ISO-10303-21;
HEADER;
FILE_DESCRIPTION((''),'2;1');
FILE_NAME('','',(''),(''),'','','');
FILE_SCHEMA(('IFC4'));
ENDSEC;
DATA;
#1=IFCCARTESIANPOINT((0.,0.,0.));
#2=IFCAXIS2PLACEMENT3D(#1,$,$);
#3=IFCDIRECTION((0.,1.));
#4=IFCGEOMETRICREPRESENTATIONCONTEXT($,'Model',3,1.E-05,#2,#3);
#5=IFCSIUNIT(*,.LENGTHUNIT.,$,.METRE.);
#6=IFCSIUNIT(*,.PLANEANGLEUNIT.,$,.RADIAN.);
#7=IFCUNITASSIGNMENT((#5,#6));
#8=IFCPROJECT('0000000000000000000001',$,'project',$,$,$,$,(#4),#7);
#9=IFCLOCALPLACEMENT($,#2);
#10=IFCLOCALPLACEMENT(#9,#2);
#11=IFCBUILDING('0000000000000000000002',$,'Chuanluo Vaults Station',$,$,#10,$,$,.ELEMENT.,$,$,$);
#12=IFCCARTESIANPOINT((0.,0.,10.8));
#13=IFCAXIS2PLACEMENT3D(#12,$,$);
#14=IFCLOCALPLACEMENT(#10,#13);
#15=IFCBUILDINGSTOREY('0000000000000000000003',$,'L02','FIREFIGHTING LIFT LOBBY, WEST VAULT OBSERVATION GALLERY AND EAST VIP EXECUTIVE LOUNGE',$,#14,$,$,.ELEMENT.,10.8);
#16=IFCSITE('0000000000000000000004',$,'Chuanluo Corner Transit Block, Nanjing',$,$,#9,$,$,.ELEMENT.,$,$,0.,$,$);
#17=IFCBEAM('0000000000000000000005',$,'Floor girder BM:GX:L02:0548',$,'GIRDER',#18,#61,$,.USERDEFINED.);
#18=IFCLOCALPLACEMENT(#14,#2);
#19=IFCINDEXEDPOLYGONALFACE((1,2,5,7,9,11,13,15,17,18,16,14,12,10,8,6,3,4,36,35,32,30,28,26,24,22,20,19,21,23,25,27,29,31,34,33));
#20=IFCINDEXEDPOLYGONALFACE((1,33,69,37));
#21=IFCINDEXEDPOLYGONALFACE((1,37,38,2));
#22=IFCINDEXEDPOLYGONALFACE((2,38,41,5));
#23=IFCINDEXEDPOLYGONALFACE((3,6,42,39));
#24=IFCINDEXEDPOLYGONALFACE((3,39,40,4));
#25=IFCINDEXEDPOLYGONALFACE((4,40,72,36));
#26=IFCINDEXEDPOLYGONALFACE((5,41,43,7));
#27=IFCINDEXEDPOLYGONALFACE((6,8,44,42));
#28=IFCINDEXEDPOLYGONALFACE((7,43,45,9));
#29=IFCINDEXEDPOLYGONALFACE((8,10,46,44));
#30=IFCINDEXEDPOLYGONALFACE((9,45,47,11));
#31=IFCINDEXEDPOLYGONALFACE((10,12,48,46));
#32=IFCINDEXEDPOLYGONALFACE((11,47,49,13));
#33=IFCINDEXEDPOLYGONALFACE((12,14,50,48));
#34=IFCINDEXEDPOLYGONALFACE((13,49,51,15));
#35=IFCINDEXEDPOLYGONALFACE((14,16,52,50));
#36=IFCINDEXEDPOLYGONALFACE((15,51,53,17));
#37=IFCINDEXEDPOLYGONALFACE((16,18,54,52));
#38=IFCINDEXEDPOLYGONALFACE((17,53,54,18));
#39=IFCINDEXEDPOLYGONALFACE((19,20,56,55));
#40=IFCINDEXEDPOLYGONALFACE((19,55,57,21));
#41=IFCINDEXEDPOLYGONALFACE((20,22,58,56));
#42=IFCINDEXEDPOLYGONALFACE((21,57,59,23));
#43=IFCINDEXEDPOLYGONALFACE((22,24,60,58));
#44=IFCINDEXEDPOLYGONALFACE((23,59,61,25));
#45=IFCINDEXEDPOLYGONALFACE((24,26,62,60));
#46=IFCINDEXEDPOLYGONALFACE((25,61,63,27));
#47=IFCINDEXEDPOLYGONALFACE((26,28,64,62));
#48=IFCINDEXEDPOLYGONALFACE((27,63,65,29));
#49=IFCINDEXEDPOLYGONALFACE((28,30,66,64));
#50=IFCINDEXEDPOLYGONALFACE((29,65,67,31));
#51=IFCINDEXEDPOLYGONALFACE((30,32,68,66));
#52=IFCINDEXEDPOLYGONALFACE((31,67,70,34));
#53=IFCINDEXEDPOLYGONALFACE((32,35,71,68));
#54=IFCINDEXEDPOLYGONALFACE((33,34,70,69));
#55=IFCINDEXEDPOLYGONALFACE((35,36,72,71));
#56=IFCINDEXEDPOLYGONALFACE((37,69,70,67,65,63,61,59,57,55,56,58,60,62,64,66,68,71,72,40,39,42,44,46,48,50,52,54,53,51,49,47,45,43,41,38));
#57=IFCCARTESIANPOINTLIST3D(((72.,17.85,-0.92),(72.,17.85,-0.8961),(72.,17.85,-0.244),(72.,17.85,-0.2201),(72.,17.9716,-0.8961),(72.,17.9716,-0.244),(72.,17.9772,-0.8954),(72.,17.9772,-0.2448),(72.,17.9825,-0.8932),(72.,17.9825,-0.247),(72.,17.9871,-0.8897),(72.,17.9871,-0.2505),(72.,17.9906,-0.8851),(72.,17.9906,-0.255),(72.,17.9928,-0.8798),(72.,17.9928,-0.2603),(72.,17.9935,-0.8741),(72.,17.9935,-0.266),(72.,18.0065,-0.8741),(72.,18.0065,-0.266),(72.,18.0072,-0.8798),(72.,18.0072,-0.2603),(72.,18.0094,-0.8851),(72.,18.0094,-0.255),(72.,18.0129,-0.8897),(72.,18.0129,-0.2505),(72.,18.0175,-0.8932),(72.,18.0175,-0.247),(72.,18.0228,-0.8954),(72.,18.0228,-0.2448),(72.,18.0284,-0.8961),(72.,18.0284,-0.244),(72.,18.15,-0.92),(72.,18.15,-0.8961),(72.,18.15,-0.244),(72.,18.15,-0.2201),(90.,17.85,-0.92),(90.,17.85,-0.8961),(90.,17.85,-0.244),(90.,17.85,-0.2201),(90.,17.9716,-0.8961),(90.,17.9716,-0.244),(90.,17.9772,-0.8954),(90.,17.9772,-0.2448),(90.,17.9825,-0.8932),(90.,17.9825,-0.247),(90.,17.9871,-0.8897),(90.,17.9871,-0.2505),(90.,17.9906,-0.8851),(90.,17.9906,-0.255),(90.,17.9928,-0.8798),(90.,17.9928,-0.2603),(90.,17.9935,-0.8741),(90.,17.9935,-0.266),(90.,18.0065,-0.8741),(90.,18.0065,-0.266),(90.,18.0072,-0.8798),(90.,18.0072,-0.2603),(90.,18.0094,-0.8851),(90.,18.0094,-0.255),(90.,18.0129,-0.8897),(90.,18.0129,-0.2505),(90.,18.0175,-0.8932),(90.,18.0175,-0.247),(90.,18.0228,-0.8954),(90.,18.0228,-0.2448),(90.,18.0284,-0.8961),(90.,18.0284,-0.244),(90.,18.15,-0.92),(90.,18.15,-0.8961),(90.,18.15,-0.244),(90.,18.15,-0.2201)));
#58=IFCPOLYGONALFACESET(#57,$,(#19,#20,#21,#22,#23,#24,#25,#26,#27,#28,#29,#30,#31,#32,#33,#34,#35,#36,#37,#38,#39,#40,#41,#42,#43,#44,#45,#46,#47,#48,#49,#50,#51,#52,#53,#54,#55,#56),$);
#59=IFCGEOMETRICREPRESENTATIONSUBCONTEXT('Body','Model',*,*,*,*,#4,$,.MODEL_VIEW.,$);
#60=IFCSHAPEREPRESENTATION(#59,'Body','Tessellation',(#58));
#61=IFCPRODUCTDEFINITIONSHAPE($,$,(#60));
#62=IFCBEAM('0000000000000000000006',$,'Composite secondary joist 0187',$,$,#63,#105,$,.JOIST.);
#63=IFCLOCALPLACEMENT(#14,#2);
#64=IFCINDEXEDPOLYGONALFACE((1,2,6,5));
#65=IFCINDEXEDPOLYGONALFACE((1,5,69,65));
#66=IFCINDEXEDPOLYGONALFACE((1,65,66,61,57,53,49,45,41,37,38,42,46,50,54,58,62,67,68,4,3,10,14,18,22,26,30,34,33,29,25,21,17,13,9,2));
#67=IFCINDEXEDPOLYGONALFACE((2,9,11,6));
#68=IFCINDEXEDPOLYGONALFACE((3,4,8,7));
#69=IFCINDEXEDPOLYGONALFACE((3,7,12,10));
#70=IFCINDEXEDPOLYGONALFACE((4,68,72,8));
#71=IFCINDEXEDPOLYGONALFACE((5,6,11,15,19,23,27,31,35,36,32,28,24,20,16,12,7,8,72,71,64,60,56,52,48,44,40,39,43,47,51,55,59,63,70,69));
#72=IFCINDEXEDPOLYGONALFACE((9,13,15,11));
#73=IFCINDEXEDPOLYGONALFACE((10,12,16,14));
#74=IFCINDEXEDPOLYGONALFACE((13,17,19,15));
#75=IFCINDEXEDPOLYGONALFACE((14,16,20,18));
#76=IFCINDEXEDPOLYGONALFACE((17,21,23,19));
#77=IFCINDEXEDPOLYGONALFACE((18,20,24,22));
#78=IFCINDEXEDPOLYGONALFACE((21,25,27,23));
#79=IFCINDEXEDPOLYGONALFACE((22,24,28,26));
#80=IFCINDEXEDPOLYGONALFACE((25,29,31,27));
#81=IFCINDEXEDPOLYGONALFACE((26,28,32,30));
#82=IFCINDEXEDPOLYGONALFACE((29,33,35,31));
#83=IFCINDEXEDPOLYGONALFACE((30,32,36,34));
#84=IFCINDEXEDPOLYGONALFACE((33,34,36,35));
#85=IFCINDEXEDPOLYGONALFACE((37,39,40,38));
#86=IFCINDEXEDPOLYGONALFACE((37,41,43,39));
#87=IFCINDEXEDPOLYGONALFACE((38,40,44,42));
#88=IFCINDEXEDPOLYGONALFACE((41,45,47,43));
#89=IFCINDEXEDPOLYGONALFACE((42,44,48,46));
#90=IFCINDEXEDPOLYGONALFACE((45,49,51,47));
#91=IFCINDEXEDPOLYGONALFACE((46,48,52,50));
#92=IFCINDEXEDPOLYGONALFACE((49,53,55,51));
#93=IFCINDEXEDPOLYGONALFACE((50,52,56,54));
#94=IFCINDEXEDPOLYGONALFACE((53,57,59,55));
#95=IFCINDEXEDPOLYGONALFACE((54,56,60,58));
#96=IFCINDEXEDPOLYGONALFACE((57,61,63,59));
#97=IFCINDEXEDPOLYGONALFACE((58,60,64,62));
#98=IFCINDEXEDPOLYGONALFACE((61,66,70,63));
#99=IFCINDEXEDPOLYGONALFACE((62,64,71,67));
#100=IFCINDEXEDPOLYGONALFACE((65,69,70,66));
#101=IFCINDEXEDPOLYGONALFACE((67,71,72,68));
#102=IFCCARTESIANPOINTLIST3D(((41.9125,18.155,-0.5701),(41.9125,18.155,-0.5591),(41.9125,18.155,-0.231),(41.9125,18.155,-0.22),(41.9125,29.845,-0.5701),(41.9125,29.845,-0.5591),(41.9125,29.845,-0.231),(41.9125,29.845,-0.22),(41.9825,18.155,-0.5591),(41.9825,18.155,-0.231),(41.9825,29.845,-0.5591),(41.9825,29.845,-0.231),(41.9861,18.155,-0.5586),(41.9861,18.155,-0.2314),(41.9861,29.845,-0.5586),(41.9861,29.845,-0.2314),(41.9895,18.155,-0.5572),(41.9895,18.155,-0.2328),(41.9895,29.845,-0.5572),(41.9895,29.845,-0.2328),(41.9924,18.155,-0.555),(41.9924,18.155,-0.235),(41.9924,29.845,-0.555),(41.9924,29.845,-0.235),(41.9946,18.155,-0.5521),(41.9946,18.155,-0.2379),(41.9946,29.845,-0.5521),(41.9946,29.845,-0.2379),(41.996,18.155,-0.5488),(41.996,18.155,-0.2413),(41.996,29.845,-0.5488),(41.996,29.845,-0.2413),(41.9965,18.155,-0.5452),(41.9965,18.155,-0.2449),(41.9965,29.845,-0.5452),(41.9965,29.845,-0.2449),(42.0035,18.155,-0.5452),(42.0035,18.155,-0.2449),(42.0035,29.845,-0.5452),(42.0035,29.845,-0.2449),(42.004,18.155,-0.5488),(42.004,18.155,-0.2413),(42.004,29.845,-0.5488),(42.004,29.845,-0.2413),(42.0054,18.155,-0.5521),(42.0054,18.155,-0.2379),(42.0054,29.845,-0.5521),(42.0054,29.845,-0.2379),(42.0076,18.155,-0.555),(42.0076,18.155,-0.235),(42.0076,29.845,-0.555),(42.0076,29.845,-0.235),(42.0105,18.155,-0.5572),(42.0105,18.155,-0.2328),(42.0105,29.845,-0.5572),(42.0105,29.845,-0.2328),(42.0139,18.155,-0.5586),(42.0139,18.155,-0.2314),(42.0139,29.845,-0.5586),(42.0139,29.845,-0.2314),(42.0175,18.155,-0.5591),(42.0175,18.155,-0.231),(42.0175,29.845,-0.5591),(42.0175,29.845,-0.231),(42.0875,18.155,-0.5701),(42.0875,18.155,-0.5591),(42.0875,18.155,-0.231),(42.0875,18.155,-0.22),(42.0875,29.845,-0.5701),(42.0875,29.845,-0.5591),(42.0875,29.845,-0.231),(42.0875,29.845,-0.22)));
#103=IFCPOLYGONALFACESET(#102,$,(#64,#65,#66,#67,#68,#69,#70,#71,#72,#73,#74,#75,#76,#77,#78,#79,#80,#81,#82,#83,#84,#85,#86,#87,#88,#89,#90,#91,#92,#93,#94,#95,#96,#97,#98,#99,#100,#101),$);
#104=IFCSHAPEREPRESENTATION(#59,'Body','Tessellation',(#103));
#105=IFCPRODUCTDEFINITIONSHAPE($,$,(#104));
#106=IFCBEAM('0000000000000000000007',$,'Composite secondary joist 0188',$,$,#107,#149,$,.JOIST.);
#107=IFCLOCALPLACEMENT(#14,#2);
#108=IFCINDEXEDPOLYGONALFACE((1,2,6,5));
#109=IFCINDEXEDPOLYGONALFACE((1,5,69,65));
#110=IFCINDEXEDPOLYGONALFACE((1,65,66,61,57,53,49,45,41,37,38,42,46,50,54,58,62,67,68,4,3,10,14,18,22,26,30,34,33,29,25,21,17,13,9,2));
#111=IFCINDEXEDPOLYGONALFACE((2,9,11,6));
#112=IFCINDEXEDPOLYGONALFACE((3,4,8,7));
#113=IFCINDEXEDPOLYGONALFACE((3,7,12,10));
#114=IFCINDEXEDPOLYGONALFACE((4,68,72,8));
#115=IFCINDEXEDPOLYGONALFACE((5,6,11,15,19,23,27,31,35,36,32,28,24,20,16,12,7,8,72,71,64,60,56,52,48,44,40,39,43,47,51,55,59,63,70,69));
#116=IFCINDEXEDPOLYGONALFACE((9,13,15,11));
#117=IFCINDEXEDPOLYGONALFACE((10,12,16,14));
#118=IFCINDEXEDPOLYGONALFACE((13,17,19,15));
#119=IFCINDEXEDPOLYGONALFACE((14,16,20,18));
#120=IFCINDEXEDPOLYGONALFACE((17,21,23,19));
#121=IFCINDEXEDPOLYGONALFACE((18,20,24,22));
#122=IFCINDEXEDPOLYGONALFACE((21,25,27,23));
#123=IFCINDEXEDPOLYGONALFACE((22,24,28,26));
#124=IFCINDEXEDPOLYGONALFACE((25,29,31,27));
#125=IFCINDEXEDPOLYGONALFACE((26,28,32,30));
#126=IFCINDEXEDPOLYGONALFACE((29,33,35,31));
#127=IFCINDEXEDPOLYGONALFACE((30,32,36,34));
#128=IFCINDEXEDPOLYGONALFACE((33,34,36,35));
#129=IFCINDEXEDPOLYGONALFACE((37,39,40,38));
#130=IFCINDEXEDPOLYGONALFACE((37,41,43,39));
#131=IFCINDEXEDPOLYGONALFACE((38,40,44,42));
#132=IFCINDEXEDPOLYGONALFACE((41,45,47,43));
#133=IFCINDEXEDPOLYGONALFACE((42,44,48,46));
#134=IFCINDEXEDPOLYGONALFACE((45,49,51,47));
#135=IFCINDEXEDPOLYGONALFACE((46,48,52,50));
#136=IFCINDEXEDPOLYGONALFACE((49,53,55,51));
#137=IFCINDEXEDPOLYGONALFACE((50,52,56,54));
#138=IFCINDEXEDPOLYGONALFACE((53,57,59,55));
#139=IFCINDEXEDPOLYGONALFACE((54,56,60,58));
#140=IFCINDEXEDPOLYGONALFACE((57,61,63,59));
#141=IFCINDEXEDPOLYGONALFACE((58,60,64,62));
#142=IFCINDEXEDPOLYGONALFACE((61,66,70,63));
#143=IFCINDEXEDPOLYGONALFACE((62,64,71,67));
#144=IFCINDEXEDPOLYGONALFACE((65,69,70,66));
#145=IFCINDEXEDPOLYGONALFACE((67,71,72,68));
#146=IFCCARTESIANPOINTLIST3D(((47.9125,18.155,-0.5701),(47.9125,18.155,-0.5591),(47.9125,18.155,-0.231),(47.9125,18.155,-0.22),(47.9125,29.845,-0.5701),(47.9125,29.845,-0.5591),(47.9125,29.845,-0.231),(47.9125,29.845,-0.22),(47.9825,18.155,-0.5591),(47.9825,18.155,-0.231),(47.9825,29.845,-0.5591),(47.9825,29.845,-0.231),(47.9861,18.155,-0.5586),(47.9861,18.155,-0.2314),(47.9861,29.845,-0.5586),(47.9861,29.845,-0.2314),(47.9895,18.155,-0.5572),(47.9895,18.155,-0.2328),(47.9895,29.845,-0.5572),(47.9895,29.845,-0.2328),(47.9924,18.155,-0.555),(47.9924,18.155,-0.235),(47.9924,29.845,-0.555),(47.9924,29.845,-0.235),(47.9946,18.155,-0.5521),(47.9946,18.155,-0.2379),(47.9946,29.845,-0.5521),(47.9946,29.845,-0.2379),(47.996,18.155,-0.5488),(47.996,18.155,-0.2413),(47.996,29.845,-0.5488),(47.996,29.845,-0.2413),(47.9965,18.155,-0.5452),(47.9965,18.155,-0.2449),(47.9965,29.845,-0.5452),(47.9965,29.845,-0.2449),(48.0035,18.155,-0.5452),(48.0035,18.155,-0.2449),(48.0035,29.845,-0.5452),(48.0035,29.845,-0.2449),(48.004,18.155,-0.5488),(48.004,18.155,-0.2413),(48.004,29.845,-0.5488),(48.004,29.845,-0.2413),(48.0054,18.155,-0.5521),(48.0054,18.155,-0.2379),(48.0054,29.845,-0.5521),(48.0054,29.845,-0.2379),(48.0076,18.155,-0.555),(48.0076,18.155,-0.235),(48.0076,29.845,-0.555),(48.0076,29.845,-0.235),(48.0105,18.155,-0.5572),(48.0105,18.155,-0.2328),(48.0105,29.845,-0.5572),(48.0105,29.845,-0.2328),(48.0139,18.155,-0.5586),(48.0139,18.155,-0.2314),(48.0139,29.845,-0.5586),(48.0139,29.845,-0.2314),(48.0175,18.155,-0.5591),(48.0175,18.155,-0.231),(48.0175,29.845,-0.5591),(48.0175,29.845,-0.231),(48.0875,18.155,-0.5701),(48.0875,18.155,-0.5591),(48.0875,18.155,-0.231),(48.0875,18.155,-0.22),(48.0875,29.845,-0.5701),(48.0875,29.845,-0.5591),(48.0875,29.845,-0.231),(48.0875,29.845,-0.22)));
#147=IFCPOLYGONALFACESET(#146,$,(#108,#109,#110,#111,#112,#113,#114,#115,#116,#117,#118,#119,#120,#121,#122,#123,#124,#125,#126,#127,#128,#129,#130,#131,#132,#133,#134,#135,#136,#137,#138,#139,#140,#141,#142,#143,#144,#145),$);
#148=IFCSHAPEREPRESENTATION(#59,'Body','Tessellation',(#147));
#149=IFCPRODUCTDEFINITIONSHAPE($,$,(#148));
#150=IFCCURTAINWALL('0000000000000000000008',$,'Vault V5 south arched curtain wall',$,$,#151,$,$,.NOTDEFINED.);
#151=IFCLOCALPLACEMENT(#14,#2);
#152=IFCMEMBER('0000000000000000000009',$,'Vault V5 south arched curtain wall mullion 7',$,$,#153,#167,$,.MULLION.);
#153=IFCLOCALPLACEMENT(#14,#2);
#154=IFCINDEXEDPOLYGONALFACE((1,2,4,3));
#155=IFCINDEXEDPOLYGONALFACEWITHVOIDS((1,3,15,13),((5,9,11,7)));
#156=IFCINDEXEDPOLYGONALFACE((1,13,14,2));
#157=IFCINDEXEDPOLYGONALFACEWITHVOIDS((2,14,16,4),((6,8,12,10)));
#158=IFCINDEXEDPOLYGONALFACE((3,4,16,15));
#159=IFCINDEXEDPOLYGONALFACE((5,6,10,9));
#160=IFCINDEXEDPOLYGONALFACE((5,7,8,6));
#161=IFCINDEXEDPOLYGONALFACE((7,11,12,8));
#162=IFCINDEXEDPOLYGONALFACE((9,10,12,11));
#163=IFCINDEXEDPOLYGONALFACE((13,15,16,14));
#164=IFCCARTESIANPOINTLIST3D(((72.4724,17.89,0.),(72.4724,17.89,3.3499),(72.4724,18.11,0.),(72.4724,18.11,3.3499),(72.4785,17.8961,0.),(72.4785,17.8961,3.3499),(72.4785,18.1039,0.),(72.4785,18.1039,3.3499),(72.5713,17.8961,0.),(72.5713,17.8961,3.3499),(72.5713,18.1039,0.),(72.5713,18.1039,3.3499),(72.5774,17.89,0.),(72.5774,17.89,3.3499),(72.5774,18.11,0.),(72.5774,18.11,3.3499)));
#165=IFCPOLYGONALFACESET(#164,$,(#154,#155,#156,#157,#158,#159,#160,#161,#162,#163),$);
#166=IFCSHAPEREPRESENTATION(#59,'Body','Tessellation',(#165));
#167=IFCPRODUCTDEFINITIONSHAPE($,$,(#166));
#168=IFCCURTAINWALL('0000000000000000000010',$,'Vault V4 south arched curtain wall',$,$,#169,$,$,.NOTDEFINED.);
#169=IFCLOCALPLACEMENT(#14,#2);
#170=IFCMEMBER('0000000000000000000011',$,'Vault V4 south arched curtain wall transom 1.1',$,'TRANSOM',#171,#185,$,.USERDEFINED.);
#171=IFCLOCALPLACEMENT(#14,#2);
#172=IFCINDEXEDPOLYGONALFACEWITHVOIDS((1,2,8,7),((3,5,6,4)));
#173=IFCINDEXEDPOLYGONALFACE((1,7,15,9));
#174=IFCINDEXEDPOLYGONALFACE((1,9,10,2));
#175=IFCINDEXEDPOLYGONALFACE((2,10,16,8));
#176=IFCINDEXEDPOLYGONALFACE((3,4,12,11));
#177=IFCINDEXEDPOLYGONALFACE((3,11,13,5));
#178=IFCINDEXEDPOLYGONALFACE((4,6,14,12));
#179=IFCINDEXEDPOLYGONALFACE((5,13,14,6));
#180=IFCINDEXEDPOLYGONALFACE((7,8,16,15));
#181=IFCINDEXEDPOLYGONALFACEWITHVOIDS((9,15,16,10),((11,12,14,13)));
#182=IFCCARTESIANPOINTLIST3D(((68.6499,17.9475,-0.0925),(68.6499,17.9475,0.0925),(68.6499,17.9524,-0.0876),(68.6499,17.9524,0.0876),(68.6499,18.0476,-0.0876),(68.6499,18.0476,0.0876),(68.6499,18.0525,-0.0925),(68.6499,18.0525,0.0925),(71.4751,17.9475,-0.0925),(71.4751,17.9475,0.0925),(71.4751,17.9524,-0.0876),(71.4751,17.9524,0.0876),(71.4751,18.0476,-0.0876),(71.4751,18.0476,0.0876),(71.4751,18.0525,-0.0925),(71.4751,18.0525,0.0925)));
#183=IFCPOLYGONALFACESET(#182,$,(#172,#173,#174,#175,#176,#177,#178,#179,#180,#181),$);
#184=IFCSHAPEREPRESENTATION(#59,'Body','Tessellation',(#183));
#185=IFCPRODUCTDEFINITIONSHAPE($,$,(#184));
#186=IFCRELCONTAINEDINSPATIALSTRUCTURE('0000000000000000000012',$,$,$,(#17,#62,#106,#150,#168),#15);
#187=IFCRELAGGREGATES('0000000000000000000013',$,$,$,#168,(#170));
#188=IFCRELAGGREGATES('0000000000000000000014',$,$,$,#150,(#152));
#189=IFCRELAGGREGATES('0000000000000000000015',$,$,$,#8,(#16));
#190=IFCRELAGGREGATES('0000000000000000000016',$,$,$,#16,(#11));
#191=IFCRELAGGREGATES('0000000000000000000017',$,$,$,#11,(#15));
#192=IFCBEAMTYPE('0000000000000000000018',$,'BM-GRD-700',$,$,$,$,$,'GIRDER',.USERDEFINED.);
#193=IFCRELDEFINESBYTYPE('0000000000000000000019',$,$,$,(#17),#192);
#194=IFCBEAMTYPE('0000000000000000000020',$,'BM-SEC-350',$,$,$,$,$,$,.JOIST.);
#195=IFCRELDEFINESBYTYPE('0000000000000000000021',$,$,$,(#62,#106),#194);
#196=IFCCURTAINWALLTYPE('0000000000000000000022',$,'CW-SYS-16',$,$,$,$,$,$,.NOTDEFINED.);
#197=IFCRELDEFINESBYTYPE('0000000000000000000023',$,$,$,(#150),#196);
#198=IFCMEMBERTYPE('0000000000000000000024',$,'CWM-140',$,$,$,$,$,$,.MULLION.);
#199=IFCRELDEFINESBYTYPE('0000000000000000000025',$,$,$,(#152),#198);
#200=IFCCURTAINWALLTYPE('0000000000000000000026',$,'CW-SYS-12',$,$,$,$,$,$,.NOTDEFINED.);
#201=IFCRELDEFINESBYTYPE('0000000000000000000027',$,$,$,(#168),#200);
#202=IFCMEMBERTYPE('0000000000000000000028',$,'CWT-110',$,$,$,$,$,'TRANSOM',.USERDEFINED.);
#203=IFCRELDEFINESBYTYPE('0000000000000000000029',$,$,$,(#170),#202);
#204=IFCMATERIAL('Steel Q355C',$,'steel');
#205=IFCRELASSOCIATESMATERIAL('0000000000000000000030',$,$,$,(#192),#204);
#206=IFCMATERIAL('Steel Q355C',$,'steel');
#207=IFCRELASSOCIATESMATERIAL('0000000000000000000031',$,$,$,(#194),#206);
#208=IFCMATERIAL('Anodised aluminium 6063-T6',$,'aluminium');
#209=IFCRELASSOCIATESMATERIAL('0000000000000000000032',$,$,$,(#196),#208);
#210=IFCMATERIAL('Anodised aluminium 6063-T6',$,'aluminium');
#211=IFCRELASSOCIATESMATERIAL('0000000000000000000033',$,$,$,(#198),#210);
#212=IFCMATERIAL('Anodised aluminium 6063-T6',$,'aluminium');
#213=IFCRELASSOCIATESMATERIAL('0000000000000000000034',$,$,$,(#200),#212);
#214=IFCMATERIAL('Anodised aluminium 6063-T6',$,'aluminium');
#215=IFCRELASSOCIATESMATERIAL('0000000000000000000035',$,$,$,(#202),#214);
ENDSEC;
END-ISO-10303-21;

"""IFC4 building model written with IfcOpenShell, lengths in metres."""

from ifc_helpers import new_model, si_unit, direction, frame, origin, origin_2d, place, context, subcontext, project, spatial, hollow_rectangle, i_section, extrude, material, material_profile, profile_set, type_object, element, aggregate, save


model = new_model("IFC4")

# Units and contexts
model_context = context("Model", 3, precision=1e-05, world=origin(), true_north=direction((0.0, 1.0)))
body_context = subcontext(model_context, "Body", "Model", "MODEL_VIEW")
ifc_project = project(units=[si_unit("LENGTHUNIT", "METRE"), si_unit("PLANEANGLEUNIT", "RADIAN")], contexts=[model_context])

# Site, building, storey
site_placement = place(None, origin())
site = spatial("IfcSite", under=ifc_project, at=site_placement, Name="Chuanluo Corner Transit Block, Nanjing", CompositionType="ELEMENT", RefElevation=0.0)
building_placement = place(site_placement, origin())
building = spatial("IfcBuilding", under=site, at=building_placement, Name="Chuanluo Vaults Station", CompositionType="ELEMENT")
storey_placement = place(building_placement, frame((0.0, 0.0, 10.8)))
storey = spatial("IfcBuildingStorey", under=building, at=storey_placement, Name="L02", Description="FIREFIGHTING LIFT LOBBY, WEST VAULT OBSERVATION GALLERY AND EAST VIP EXECUTIVE LOUNGE", CompositionType="ELEMENT", Elevation=10.8)

# Beams
ifc_material_1 = material(Name="Steel Q355C", Category="steel")
ifc_material_profile_1 = material_profile(ifc_material_1, i_section(OverallWidth=0.3, OverallDepth=0.7, WebThickness=0.0129, FlangeThickness=0.0239, FilletRadius=0.022, at=origin_2d()))
ifc_profile_set_1 = profile_set([ifc_material_profile_1], Name="Steel Q355C")
beam_type_1 = type_object("IfcBeamType", Name="BM-GRD-700", ElementType="GIRDER", PredefinedType="USERDEFINED", material=ifc_profile_set_1)
beam_1_placement = place(storey_placement, frame((72.0, 18.0, -0.5701), z_axis=(1.0, 0.0, 0.0), x_axis=(0.0, 1.0, 0.0)))
element("IfcBeam", 1, at=beam_1_placement, inside=storey, type_object=beam_type_1, Name="Floor girder BM:GX:L02:0548", ObjectType="GIRDER", PredefinedType="USERDEFINED", context=body_context, shape_type="SweptSolid", body=[
    extrude(i_section(OverallWidth=0.3, OverallDepth=0.7, WebThickness=0.0129, FlangeThickness=0.0239, FilletRadius=0.022, at=origin_2d()), origin(), (0.0, 0.0, 1.0), 18.0),
])
ifc_material_2 = material(Name="Steel Q355C", Category="steel")
ifc_material_profile_2 = material_profile(ifc_material_2, i_section(OverallWidth=0.175, OverallDepth=0.3501, WebThickness=0.0071, FlangeThickness=0.011, FilletRadius=0.0139, at=origin_2d()))
ifc_profile_set_2 = profile_set([ifc_material_profile_2], Name="Steel Q355C")
beam_type_2 = type_object("IfcBeamType", Name="BM-SEC-350", PredefinedType="JOIST", material=ifc_profile_set_2)
for number, where, z_axis, x_axis, name in (
    (2, (42.0, 18.155, -0.395), (0.0, 1.0, 0.0), (-1.0, 0.0, 0.0), "Composite secondary joist 0187"),
    (3, (48.0, 18.155, -0.395), (0.0, 1.0, 0.0), (-1.0, 0.0, 0.0), "Composite secondary joist 0188"),
):
    element("IfcBeam", number, at=place(storey_placement, frame(where, z_axis=z_axis, x_axis=x_axis)), inside=storey, type_object=beam_type_2, Name=name, PredefinedType="JOIST", context=body_context, shape_type="SweptSolid", body=[
        extrude(i_section(OverallWidth=0.175, OverallDepth=0.3501, WebThickness=0.0071, FlangeThickness=0.011, FilletRadius=0.0139, at=origin_2d()), origin(), (0.0, 0.0, 1.0), 11.6899),
    ])

# Curtain wall, member
ifc_material_3 = material(Name="Anodised aluminium 6063-T6", Category="aluminium")
curtain_wall_type_1 = type_object("IfcCurtainWallType", Name="CW-SYS-16", PredefinedType="NOTDEFINED", material=ifc_material_3)
curtain_wall_1_placement = place(storey_placement, origin())
curtain_wall_1 = element("IfcCurtainWall", 4, at=curtain_wall_1_placement, inside=storey, type_object=curtain_wall_type_1, Name="Vault V5 south arched curtain wall", PredefinedType="NOTDEFINED")
ifc_material_4 = material(Name="Anodised aluminium 6063-T6", Category="aluminium")
ifc_material_profile_3 = material_profile(ifc_material_4, hollow_rectangle(XDim=0.105, YDim=0.22, WallThickness=0.0061, at=origin_2d()))
ifc_profile_set_3 = profile_set([ifc_material_profile_3], Name="Anodised aluminium 6063-T6")
member_type_1 = type_object("IfcMemberType", Name="CWM-140", PredefinedType="MULLION", material=ifc_profile_set_3)
member_1_placement = place(storey_placement, frame((72.5249, 18.0, 0.0), z_axis=(0.0, 0.0, 1.0), x_axis=(-1.0, 0.0, 0.0)))
member_1 = element("IfcMember", 5, at=member_1_placement, type_object=member_type_1, Name="Vault V5 south arched curtain wall mullion 7", PredefinedType="MULLION", context=body_context, shape_type="SweptSolid", body=[
    extrude(hollow_rectangle(XDim=0.105, YDim=0.22, WallThickness=0.0061, at=origin_2d()), origin(), (0.0, 0.0, 1.0), 3.3499),
])

# Curtain wall, member
ifc_material_5 = material(Name="Anodised aluminium 6063-T6", Category="aluminium")
curtain_wall_type_2 = type_object("IfcCurtainWallType", Name="CW-SYS-12", PredefinedType="NOTDEFINED", material=ifc_material_5)
curtain_wall_2_placement = place(storey_placement, origin())
curtain_wall_2 = element("IfcCurtainWall", 6, at=curtain_wall_2_placement, inside=storey, type_object=curtain_wall_type_2, Name="Vault V4 south arched curtain wall", PredefinedType="NOTDEFINED")
ifc_material_6 = material(Name="Anodised aluminium 6063-T6", Category="aluminium")
ifc_material_profile_4 = material_profile(ifc_material_6, hollow_rectangle(XDim=0.105, YDim=0.1851, WallThickness=0.0049, at=origin_2d()))
ifc_profile_set_4 = profile_set([ifc_material_profile_4], Name="Anodised aluminium 6063-T6")
member_type_2 = type_object("IfcMemberType", Name="CWT-110", ElementType="TRANSOM", PredefinedType="USERDEFINED", material=ifc_profile_set_4)
member_2_placement = place(storey_placement, frame((71.4751, 18.0, 0.0), z_axis=(-1.0, 0.0, 0.0), x_axis=(0.0, -1.0, 0.0)))
member_2 = element("IfcMember", 7, at=member_2_placement, type_object=member_type_2, Name="Vault V4 south arched curtain wall transom 1.1", ObjectType="TRANSOM", PredefinedType="USERDEFINED", context=body_context, shape_type="SweptSolid", body=[
    extrude(hollow_rectangle(XDim=0.105, YDim=0.1851, WallThickness=0.0049, at=origin_2d()), origin(), (0.0, 0.0, 1.0), 2.8252),
])
aggregate(curtain_wall_2, [member_2])

aggregate(curtain_wall_1, [member_1])

save(model, "model.ifc")
